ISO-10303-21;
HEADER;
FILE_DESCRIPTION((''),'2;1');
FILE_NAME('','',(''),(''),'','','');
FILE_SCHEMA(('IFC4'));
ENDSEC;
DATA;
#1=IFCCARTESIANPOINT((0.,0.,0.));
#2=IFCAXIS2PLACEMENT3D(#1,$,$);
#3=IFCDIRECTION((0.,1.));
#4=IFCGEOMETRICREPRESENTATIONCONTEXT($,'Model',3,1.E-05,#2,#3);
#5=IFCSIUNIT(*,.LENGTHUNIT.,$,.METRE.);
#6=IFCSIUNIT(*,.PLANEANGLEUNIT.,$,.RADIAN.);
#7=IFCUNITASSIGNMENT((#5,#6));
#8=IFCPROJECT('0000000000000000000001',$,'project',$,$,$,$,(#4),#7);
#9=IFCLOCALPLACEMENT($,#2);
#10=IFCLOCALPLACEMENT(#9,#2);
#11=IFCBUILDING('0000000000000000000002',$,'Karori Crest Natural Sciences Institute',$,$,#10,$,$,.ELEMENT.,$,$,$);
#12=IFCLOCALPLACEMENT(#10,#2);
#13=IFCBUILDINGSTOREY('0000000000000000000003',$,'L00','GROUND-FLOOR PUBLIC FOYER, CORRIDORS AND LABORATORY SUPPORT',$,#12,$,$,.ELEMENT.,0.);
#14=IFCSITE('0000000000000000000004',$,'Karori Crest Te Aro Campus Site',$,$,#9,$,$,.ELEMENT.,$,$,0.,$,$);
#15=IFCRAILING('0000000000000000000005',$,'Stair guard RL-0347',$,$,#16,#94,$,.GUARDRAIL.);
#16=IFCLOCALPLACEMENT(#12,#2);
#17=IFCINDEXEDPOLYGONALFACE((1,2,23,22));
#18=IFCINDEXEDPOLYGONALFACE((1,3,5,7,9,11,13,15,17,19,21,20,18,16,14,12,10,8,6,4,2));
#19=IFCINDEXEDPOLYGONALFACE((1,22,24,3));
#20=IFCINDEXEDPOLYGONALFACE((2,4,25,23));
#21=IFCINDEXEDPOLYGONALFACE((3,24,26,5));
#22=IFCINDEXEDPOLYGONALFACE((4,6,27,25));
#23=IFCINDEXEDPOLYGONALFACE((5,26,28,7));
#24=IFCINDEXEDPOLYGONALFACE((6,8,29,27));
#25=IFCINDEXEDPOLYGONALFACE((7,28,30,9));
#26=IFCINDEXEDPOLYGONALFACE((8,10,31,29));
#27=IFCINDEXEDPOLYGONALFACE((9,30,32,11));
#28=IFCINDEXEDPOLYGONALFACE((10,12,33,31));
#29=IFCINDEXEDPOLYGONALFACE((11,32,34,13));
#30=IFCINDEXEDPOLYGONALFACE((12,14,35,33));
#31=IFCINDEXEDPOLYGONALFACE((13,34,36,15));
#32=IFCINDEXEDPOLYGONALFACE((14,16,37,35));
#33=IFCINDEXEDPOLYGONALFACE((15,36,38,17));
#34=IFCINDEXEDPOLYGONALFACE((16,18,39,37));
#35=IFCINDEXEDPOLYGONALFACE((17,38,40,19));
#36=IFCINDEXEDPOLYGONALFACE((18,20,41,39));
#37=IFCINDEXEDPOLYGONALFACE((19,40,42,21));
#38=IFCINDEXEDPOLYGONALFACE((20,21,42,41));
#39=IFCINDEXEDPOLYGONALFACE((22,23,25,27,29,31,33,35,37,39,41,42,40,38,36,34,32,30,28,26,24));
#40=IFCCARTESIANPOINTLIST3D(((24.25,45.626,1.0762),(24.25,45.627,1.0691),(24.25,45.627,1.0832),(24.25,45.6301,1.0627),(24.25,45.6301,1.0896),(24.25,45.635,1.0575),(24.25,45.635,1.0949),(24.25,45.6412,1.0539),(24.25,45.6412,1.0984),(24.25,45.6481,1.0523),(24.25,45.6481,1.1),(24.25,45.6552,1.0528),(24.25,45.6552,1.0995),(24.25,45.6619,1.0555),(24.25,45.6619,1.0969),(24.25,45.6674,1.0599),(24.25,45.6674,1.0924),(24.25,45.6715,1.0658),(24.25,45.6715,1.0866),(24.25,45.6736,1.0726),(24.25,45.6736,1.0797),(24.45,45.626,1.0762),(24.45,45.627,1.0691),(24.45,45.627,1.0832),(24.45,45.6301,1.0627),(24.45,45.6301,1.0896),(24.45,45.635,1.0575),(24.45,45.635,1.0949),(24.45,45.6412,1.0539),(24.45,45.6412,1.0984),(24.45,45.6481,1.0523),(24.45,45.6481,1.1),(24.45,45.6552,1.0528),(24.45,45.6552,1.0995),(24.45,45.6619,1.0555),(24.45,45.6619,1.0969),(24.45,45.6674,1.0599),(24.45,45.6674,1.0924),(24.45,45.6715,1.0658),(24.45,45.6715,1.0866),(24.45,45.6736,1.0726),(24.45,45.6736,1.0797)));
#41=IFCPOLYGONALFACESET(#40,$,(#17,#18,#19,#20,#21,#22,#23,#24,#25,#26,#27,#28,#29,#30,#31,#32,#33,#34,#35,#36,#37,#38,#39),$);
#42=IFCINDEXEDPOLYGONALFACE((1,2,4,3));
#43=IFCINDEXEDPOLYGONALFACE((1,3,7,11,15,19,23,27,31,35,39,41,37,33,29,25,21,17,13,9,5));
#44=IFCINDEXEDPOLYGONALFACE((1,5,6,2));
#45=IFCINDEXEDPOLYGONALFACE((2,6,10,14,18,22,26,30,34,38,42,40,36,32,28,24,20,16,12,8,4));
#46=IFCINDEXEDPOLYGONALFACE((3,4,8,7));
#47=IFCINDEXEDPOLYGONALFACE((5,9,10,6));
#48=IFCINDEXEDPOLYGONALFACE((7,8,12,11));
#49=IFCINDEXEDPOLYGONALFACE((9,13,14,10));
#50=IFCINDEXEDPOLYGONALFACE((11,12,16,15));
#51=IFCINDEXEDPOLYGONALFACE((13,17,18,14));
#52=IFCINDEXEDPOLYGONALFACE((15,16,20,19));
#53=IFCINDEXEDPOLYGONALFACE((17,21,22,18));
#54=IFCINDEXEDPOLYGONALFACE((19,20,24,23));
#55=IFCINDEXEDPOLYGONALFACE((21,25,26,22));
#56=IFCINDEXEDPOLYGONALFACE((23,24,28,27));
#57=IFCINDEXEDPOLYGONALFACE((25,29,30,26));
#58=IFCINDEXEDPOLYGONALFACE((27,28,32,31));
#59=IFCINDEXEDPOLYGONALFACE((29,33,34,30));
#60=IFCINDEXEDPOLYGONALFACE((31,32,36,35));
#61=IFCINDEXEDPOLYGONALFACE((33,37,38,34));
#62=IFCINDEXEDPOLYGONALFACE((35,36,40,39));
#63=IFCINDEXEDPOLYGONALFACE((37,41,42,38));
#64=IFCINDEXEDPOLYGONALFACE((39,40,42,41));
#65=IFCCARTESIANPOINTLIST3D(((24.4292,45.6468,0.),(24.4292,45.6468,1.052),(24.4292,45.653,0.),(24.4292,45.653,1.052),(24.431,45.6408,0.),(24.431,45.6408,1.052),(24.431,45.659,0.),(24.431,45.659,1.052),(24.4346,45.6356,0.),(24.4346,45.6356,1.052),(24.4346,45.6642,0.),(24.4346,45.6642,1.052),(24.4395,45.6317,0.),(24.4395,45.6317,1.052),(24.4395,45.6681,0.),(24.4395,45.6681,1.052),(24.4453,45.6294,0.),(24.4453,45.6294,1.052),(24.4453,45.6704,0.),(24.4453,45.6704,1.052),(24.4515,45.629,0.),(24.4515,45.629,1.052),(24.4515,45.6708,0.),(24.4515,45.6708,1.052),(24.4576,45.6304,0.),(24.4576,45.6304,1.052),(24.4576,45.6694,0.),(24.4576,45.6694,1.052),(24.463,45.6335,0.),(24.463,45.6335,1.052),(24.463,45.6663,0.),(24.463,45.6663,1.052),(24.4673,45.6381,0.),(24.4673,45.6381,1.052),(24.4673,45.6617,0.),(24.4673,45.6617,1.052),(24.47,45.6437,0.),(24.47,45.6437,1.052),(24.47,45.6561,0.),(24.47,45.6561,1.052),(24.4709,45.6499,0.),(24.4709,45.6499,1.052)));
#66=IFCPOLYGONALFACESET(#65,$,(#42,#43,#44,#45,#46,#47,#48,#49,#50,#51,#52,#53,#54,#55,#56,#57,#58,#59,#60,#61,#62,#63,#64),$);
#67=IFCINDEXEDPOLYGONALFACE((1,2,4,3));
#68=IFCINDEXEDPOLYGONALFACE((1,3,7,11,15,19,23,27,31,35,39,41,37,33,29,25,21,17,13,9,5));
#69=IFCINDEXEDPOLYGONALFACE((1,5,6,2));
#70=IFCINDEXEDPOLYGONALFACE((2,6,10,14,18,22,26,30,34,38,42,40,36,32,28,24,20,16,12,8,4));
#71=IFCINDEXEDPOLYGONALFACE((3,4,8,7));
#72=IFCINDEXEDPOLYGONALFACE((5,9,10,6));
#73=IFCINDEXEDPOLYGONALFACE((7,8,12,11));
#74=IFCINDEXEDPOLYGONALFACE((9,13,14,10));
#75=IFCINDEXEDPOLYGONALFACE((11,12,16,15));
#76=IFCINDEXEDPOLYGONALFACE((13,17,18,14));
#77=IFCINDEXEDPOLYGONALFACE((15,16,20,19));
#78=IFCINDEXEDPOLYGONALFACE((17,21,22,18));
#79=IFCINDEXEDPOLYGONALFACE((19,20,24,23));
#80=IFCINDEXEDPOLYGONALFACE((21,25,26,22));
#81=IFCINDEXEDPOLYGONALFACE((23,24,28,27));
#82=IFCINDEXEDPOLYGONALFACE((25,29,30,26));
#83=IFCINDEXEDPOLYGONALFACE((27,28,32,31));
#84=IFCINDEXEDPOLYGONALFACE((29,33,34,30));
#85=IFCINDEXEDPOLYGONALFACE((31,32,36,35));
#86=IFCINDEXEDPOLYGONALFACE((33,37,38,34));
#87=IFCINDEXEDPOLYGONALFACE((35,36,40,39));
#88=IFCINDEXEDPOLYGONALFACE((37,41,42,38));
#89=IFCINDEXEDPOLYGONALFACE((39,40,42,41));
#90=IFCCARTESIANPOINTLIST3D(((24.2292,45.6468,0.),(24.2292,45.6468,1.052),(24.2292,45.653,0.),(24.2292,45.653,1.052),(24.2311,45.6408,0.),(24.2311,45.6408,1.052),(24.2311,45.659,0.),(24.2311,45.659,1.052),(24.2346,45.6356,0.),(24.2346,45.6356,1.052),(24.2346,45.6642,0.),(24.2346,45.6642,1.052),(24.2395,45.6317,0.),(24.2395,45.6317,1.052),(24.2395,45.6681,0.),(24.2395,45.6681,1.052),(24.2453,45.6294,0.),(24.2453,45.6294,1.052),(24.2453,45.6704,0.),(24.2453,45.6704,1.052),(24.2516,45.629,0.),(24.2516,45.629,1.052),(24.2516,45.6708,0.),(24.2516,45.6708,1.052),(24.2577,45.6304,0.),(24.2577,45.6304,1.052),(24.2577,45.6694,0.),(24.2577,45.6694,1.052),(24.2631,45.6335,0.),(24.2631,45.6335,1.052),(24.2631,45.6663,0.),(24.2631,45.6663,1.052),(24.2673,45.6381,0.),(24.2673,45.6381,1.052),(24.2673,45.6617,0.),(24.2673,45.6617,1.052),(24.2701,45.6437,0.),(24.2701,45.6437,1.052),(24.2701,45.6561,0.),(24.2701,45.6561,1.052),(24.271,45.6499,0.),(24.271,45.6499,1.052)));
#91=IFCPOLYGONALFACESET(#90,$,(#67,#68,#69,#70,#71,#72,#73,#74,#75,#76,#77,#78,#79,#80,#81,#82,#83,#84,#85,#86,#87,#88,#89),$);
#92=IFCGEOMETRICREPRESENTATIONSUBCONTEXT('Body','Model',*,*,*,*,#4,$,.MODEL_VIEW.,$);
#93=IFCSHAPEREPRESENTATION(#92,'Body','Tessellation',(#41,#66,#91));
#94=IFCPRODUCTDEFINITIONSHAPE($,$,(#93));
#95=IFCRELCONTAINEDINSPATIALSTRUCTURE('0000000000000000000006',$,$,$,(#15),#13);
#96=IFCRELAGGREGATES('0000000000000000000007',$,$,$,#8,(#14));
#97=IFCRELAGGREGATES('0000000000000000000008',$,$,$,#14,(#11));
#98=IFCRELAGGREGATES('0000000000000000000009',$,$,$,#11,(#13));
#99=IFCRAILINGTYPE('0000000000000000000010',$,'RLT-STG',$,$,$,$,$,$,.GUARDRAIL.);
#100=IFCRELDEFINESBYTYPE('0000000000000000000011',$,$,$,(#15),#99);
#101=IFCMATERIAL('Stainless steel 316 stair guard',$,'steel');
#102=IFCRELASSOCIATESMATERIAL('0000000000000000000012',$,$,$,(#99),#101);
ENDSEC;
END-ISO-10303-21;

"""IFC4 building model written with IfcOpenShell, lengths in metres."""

from ifc_helpers import new_model, si_unit, direction, frame, origin, origin_2d, place, context, subcontext, project, spatial, circle, extrude, material, type_object, element, save


model = new_model("IFC4")

# Units and contexts
model_context = context("Model", 3, precision=1e-05, world=origin(), true_north=direction((0.0, 1.0)))
body_context = subcontext(model_context, "Body", "Model", "MODEL_VIEW")
ifc_project = project(units=[si_unit("LENGTHUNIT", "METRE"), si_unit("PLANEANGLEUNIT", "RADIAN")], contexts=[model_context])

# Site, building, storey
site_placement = place(None, origin())
site = spatial("IfcSite", under=ifc_project, at=site_placement, Name="Karori Crest Te Aro Campus Site", CompositionType="ELEMENT", RefElevation=0.0)
building_placement = place(site_placement, origin())
building = spatial("IfcBuilding", under=site, at=building_placement, Name="Karori Crest Natural Sciences Institute", CompositionType="ELEMENT")
storey_placement = place(building_placement, origin())
storey = spatial("IfcBuildingStorey", under=building, at=storey_placement, Name="L00", Description="GROUND-FLOOR PUBLIC FOYER, CORRIDORS AND LABORATORY SUPPORT", CompositionType="ELEMENT", Elevation=0.0)

# Railing
ifc_material_1 = material(Name="Stainless steel 316 stair guard", Category="steel")
railing_type_1 = type_object("IfcRailingType", Name="RLT-STG", PredefinedType="GUARDRAIL", material=ifc_material_1)
railing_1_placement = place(storey_placement, frame((24.45, 45.6499, 0.0)))
element("IfcRailing", 1, at=railing_1_placement, inside=storey, type_object=railing_type_1, Name="Stair guard RL-0347", PredefinedType="GUARDRAIL", context=body_context, shape_type="SweptSolid", body=[
    extrude(circle(Radius=0.0239, at=origin_2d()), frame((0.0, 0.0, 1.0762), z_axis=(-1.0, 0.0, 0.0), x_axis=(0.0, -1.0, 0.0)), (0.0, 0.0, 1.0), 0.2),
    extrude(circle(Radius=0.021, at=origin_2d()), origin(), (0.0, 0.0, 1.0), 1.052),
    extrude(circle(Radius=0.021, at=origin_2d()), frame((-0.2, 0.0, 0.0)), (0.0, 0.0, 1.0), 1.052),
])

save(model, "model.ifc")
